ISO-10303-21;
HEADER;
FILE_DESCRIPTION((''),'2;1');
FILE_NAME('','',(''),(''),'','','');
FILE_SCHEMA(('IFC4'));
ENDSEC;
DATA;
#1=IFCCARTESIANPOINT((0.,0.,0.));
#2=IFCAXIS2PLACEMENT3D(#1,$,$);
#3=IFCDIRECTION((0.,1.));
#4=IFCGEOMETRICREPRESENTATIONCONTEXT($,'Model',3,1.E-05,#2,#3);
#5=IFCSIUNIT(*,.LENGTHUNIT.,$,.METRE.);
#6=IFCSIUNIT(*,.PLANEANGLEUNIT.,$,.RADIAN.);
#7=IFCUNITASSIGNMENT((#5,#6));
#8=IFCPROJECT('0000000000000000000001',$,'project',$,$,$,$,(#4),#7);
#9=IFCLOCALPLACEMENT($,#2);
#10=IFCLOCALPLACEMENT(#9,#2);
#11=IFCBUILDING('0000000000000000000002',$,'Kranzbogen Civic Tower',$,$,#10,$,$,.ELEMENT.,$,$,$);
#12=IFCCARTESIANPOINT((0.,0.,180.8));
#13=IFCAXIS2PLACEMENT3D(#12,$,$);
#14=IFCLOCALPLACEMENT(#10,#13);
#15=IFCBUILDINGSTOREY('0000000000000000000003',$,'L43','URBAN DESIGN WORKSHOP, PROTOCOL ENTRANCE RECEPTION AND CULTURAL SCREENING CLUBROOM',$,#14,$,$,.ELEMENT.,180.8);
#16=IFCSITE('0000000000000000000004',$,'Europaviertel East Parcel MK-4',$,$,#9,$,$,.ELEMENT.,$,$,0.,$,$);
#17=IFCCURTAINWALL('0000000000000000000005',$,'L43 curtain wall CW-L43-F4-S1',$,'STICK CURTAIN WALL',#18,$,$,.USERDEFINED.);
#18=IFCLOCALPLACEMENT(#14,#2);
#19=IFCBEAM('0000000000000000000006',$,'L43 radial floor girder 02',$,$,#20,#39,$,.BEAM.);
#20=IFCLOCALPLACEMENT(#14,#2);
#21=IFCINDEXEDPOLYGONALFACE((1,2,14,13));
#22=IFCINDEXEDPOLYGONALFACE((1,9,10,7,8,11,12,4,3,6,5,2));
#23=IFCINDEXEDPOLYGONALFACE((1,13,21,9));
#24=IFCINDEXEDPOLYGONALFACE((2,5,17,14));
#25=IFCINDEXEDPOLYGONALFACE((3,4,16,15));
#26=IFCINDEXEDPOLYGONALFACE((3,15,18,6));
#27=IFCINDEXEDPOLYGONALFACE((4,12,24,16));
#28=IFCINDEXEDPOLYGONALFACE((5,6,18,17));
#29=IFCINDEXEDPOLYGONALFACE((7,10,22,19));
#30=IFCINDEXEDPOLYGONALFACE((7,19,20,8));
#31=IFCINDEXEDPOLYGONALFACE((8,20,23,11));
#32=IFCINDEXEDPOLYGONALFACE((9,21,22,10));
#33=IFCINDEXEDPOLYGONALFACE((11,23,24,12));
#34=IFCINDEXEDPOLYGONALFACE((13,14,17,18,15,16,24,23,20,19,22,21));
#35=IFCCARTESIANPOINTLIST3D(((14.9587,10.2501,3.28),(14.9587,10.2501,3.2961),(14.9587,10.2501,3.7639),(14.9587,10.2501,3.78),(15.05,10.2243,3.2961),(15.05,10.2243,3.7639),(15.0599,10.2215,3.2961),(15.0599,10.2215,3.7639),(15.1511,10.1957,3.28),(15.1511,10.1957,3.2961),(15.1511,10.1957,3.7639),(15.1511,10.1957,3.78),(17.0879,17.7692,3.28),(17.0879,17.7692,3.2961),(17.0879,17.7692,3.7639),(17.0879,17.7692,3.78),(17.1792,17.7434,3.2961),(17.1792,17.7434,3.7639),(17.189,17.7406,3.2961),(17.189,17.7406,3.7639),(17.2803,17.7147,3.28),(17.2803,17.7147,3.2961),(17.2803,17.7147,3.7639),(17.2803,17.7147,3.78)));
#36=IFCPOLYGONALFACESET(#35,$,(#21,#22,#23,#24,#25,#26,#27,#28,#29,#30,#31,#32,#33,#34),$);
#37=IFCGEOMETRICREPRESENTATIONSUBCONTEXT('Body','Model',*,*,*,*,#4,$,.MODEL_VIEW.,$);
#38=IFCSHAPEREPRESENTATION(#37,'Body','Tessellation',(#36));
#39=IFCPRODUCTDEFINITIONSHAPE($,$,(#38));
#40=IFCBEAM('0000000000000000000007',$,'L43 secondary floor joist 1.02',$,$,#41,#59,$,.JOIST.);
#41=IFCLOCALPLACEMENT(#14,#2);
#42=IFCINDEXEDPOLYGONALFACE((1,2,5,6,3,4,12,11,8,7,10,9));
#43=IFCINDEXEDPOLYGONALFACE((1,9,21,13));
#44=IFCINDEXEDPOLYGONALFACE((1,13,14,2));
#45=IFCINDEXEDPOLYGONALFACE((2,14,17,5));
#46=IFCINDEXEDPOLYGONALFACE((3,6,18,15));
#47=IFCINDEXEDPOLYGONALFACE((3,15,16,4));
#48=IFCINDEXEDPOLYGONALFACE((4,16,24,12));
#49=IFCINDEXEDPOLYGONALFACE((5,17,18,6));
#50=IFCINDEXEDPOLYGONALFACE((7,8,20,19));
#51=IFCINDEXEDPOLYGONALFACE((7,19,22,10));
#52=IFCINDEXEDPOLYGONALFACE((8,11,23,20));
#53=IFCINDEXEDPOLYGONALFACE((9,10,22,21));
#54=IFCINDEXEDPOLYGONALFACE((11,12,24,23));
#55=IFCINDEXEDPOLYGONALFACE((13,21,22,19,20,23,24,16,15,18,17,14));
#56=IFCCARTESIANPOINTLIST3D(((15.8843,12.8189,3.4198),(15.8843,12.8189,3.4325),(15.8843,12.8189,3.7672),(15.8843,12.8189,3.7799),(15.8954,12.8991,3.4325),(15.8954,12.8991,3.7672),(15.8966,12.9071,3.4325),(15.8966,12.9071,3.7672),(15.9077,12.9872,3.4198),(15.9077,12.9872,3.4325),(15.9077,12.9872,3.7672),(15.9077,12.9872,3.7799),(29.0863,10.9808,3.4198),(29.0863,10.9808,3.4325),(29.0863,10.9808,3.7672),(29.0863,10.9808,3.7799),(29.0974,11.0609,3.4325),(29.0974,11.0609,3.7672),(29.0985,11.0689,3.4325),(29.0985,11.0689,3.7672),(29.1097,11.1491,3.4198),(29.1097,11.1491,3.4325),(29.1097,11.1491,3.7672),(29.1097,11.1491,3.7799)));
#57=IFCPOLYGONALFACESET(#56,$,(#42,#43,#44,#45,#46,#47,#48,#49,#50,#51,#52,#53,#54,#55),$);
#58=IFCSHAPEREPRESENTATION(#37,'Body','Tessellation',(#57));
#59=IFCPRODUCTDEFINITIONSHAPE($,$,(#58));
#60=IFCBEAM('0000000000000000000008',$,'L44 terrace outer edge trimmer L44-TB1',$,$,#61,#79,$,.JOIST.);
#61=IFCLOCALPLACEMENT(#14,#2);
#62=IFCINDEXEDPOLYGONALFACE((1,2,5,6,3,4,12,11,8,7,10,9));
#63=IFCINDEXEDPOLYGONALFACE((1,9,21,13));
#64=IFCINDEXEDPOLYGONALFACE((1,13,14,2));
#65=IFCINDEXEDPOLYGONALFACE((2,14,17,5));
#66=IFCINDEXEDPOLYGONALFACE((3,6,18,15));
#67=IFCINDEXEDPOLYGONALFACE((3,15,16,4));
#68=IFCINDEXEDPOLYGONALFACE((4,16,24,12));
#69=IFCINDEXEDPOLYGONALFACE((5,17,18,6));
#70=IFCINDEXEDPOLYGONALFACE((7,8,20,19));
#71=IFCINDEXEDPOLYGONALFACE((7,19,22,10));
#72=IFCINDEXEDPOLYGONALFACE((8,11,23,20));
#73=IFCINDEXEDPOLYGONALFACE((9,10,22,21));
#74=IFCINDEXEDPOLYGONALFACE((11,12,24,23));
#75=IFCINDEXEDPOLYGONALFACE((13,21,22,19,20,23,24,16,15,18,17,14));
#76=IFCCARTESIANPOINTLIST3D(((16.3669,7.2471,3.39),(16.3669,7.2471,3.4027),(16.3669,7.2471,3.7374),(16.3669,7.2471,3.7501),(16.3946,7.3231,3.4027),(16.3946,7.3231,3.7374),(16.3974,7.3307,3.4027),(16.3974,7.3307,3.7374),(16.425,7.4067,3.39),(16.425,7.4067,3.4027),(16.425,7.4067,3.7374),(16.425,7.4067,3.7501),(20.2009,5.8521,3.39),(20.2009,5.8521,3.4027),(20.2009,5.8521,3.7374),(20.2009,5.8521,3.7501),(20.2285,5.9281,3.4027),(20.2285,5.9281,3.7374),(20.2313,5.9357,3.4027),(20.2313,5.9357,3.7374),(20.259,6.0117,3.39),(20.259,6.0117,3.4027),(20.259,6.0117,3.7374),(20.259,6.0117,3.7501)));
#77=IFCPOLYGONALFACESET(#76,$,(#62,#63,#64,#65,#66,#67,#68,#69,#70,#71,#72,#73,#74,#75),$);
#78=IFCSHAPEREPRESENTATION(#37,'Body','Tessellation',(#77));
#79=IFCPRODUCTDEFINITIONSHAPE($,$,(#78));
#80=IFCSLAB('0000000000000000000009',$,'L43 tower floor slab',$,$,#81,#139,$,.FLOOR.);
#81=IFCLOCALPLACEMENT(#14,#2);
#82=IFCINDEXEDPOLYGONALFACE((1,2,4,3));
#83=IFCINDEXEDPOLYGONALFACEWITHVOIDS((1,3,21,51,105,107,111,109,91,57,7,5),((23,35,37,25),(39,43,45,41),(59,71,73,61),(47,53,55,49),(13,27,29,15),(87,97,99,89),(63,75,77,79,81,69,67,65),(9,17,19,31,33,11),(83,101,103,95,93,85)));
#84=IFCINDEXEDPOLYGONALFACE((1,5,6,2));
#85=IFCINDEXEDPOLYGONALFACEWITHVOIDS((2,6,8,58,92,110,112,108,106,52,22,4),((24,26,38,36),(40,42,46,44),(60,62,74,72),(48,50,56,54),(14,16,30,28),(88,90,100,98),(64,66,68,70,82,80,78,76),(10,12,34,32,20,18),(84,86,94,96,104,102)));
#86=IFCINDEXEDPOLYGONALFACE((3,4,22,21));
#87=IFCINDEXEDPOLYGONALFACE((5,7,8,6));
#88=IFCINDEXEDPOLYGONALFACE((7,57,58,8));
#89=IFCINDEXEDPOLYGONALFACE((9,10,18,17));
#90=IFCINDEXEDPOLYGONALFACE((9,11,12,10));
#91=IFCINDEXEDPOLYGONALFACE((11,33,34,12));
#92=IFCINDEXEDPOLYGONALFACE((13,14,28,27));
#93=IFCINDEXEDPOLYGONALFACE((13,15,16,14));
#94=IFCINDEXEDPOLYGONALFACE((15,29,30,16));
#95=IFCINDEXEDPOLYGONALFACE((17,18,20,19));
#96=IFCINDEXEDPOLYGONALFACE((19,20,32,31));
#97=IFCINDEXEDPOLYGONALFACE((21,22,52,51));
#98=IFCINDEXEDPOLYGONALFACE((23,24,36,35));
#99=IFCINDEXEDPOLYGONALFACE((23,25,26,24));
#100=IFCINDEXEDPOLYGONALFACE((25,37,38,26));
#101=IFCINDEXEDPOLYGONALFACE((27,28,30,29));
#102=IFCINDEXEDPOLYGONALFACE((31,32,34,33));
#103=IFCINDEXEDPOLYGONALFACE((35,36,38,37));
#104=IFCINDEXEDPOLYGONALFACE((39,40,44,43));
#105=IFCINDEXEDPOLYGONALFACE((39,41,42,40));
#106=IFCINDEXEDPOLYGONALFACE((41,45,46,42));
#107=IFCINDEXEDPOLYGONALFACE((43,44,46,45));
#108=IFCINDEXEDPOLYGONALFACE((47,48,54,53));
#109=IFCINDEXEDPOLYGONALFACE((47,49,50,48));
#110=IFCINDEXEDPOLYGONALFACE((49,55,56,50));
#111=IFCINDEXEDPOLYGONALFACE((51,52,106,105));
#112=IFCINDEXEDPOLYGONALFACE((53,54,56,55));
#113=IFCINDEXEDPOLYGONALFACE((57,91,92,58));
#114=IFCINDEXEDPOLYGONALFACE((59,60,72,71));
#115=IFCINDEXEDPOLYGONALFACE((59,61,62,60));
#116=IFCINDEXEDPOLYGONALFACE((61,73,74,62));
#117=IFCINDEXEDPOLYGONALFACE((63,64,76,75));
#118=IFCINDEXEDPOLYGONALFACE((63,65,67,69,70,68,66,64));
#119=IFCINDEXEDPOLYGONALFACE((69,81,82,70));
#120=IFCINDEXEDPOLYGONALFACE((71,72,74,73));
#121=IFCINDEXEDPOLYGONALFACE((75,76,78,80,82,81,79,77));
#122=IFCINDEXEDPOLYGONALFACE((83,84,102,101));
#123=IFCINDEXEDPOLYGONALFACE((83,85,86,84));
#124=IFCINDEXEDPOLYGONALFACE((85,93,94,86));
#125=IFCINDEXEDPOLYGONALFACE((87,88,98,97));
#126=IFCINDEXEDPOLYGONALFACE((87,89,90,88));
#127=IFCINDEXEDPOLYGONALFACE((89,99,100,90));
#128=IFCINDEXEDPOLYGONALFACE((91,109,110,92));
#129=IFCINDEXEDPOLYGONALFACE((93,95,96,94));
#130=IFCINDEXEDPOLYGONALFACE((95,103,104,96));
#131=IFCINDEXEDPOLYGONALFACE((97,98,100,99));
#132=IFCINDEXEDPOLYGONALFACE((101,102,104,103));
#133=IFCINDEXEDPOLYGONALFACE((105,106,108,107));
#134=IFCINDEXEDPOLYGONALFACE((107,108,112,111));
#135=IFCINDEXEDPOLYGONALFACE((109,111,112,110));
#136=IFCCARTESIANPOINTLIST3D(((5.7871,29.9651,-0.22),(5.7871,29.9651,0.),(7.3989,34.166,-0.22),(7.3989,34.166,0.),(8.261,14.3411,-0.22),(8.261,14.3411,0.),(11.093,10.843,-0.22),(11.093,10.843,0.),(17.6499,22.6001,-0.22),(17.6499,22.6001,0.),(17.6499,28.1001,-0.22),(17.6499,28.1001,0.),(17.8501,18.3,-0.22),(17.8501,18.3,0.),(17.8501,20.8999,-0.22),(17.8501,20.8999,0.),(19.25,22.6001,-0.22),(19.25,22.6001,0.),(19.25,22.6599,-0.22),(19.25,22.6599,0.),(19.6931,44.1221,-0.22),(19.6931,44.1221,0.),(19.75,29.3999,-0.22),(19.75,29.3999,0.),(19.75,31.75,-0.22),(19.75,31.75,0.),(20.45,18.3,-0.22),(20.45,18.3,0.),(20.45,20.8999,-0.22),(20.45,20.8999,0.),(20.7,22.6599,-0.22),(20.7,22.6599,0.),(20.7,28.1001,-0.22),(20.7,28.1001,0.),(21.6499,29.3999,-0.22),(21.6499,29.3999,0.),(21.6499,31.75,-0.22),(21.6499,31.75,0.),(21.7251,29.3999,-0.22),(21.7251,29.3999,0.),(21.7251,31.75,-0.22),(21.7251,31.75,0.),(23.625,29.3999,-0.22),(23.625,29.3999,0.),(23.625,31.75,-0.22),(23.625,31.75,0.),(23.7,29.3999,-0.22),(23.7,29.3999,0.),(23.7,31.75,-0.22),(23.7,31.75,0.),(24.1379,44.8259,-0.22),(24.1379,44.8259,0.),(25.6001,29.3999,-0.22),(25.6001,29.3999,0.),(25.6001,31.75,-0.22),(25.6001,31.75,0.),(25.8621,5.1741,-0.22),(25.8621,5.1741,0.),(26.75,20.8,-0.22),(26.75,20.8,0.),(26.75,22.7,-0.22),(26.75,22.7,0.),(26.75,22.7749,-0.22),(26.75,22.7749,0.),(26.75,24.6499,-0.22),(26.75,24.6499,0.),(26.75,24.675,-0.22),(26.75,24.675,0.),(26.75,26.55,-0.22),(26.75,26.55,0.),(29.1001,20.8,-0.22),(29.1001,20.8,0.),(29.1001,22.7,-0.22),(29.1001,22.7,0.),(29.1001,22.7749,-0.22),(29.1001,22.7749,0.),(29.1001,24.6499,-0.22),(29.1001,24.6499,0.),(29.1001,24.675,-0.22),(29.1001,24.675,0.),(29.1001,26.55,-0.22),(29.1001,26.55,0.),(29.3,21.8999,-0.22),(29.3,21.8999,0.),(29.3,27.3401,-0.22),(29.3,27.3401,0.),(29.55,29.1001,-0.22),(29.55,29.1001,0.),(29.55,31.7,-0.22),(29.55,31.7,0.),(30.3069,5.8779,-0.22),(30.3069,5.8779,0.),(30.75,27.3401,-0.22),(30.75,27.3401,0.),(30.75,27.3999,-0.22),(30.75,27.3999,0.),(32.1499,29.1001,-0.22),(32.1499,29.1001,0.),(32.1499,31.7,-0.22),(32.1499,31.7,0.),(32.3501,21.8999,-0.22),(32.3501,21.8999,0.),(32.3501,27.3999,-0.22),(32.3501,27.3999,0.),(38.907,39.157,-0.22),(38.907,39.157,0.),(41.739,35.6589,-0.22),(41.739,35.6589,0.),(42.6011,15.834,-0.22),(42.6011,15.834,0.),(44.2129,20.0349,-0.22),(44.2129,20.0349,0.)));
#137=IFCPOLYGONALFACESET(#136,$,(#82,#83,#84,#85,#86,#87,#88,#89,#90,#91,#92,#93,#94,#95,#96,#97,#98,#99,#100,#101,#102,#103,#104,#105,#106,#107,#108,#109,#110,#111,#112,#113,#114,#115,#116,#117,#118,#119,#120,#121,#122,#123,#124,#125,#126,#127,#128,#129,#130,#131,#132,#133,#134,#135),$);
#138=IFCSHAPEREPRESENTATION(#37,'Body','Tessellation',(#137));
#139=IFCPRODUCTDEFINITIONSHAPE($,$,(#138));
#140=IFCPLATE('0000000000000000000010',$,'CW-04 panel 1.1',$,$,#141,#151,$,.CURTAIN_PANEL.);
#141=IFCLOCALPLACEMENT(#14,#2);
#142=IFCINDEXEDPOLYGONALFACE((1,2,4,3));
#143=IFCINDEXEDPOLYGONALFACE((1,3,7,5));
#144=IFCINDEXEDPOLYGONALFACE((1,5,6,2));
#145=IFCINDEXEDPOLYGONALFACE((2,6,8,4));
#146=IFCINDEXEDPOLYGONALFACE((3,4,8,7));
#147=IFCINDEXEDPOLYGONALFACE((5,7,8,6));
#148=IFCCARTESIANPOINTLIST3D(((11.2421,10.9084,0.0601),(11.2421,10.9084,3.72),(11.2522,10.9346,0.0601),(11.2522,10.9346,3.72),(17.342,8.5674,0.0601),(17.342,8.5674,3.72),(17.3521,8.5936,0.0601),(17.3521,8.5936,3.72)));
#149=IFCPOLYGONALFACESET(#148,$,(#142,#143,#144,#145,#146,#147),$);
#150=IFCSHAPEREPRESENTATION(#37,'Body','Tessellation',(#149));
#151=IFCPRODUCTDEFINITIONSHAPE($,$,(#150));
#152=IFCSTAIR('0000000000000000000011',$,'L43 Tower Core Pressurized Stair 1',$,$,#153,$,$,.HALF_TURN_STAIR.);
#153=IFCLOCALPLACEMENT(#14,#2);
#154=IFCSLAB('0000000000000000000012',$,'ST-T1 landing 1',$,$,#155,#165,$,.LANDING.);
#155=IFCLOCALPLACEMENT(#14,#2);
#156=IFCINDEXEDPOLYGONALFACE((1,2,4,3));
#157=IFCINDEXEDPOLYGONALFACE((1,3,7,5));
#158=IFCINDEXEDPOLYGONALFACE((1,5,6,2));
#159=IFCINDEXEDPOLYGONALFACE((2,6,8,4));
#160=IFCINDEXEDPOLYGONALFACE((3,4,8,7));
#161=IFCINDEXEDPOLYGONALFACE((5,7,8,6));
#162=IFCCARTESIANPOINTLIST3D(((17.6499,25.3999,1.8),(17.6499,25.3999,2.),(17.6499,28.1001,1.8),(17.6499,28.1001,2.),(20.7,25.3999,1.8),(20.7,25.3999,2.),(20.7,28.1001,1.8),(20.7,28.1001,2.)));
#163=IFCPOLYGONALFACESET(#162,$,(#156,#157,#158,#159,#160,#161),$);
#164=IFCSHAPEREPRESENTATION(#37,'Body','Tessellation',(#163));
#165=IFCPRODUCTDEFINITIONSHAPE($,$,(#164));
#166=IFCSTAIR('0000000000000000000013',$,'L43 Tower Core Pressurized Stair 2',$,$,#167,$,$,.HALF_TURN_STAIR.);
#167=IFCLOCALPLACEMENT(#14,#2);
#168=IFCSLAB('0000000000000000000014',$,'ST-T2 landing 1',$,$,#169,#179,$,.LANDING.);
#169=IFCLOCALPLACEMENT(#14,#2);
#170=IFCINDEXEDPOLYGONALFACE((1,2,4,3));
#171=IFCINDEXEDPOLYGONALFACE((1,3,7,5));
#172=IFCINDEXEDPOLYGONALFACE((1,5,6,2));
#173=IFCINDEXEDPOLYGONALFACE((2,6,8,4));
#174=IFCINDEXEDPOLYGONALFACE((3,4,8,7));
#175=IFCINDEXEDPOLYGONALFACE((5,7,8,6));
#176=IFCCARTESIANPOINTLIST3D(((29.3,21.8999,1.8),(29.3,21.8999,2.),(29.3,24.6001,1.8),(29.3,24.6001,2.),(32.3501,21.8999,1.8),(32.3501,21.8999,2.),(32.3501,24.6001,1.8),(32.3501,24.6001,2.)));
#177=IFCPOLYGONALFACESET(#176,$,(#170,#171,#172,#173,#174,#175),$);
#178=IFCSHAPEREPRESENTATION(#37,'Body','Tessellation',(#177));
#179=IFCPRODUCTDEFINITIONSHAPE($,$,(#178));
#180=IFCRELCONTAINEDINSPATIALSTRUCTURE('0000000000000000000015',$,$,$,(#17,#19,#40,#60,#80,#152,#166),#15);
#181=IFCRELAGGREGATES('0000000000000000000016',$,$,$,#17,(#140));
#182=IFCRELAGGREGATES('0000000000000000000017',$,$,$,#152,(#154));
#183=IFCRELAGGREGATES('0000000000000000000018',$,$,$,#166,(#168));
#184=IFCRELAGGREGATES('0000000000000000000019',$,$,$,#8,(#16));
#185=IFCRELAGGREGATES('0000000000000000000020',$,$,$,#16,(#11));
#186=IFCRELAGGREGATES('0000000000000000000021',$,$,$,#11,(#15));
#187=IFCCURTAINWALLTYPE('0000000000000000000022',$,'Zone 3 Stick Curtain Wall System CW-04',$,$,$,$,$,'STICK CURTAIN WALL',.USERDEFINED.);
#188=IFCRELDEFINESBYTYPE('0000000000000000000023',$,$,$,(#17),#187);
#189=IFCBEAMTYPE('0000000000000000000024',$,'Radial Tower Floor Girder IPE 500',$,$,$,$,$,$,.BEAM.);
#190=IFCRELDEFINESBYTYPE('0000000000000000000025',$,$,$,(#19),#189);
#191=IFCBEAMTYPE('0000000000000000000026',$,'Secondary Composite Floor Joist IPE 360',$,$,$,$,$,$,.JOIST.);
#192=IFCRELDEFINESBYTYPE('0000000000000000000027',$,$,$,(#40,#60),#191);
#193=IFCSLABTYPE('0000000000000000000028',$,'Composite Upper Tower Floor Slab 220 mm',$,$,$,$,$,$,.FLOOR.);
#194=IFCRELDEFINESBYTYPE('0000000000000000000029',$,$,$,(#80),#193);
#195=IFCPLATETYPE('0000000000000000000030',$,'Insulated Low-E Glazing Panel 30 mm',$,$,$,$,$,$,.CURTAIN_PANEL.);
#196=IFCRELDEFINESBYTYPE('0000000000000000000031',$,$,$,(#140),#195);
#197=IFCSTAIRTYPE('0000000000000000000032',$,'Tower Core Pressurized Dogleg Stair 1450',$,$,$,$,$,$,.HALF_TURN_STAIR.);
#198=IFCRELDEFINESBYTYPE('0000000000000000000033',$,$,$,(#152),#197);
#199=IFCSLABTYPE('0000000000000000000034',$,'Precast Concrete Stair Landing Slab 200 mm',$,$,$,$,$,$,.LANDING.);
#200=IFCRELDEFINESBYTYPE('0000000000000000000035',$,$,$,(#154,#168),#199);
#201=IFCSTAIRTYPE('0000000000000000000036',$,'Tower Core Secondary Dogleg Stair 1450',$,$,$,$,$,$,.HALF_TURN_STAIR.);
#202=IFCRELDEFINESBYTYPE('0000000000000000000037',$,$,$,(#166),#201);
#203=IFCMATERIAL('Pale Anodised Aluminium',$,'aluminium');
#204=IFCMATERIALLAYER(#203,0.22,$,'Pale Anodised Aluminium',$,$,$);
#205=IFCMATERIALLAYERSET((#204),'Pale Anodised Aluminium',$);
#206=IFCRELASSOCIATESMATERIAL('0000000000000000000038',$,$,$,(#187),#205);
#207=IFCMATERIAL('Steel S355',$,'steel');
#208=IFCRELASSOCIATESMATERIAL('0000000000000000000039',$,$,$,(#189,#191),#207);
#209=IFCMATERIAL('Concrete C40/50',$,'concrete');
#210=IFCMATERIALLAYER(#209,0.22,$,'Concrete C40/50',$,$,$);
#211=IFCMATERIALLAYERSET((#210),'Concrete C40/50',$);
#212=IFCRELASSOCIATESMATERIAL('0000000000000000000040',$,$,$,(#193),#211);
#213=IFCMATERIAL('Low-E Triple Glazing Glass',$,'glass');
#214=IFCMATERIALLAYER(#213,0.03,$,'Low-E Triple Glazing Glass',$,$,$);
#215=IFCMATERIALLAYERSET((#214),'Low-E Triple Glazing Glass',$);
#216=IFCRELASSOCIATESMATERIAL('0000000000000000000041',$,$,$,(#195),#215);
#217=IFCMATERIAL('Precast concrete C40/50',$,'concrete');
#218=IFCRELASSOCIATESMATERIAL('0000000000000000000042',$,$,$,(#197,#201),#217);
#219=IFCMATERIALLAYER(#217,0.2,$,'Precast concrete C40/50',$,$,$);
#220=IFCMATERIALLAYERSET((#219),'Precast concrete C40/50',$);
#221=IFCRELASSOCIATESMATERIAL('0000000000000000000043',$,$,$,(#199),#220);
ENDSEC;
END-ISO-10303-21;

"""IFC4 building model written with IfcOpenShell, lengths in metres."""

from ifc_helpers import new_model, si_unit, direction, frame, origin, origin_2d, place, context, subcontext, project, spatial, polyline, rectangle, i_section, outline, extrude, material, layer, layer_set, material_profile, profile_set, type_object, element, aggregate, save


model = new_model("IFC4")

# Units and contexts
model_context = context("Model", 3, precision=1e-05, world=origin(), true_north=direction((0.0, 1.0)))
body_context = subcontext(model_context, "Body", "Model", "MODEL_VIEW")
ifc_project = project(units=[si_unit("LENGTHUNIT", "METRE"), si_unit("PLANEANGLEUNIT", "RADIAN")], contexts=[model_context])

# Site, building, storey
site_placement = place(None, origin())
site = spatial("IfcSite", under=ifc_project, at=site_placement, Name="Europaviertel East Parcel MK-4", CompositionType="ELEMENT", RefElevation=0.0)
building_placement = place(site_placement, origin())
building = spatial("IfcBuilding", under=site, at=building_placement, Name="Kranzbogen Civic Tower", CompositionType="ELEMENT")
storey_placement = place(building_placement, frame((0.0, 0.0, 180.8)))
storey = spatial("IfcBuildingStorey", under=building, at=storey_placement, Name="L43", Description="URBAN DESIGN WORKSHOP, PROTOCOL ENTRANCE RECEPTION AND CULTURAL SCREENING CLUBROOM", CompositionType="ELEMENT", Elevation=180.8)

# Shared definitions
ifc_material_1 = material(Name="Steel S355", Category="steel")

# Curtain wall
ifc_material_2 = material(Name="Pale Anodised Aluminium", Category="aluminium")
ifc_layer_1 = layer(ifc_material_2, 0.22, Name="Pale Anodised Aluminium")
ifc_layer_set_1 = layer_set([ifc_layer_1], Name="Pale Anodised Aluminium")
curtain_wall_type = type_object("IfcCurtainWallType", Name="Zone 3 Stick Curtain Wall System CW-04", ElementType="STICK CURTAIN WALL", PredefinedType="USERDEFINED", material=ifc_layer_set_1)
curtain_wall_1_placement = place(storey_placement, origin())
curtain_wall_1 = element("IfcCurtainWall", 1, at=curtain_wall_1_placement, inside=storey, type_object=curtain_wall_type, Name="L43 curtain wall CW-L43-F4-S1", ObjectType="STICK CURTAIN WALL", PredefinedType="USERDEFINED")

# Beams
ifc_material_profile_1 = material_profile(ifc_material_1, i_section(OverallWidth=0.2, OverallDepth=0.5, WebThickness=0.0103, FlangeThickness=0.0161, at=origin_2d()), Name="IPE 500")
ifc_profile_set_1 = profile_set([ifc_material_profile_1], Name="Steel S355")
beam_type_1 = type_object("IfcBeamType", Name="Radial Tower Floor Girder IPE 500", PredefinedType="BEAM", material=ifc_profile_set_1)
beam_1_placement = place(storey_placement, frame((15.0549, 10.2229, 3.53), z_axis=(0.272455, 0.962169, 0.0), x_axis=(-0.962169, 0.272455, 0.0)))
element("IfcBeam", 2, at=beam_1_placement, inside=storey, type_object=beam_type_1, Name="L43 radial floor girder 02", PredefinedType="BEAM", context=body_context, shape_type="SweptSolid", body=[
    extrude(i_section(OverallWidth=0.2, OverallDepth=0.5, WebThickness=0.0103, FlangeThickness=0.0161, at=origin_2d()), origin(), (0.0, 0.0, 1.0), 7.8147),
])
ifc_material_profile_2 = material_profile(ifc_material_1, i_section(OverallWidth=0.1699, OverallDepth=0.3601, WebThickness=0.0081, FlangeThickness=0.0127, at=origin_2d()), Name="IPE 360")
ifc_profile_set_2 = profile_set([ifc_material_profile_2], Name="Steel S355")
beam_type_2 = type_object("IfcBeamType", Name="Secondary Composite Floor Joist IPE 360", PredefinedType="JOIST", material=ifc_profile_set_2)
beam_2_placement = place(storey_placement, frame((15.896, 12.9031, 3.5999), z_axis=(0.990446, -0.137902, 0.0), x_axis=(0.137902, 0.990446, 0.0)))
element("IfcBeam", 3, at=beam_2_placement, inside=storey, type_object=beam_type_2, Name="L43 secondary floor joist 1.02", PredefinedType="JOIST", context=body_context, shape_type="SweptSolid", body=[
    extrude(i_section(OverallWidth=0.1699, OverallDepth=0.3601, WebThickness=0.0081, FlangeThickness=0.0127, at=origin_2d()), origin(), (0.0, 0.0, 1.0), 13.3293),
])
beam_3_placement = place(storey_placement, frame((16.396, 7.3269, 3.5701), z_axis=(0.939727, -0.341926, 0.0), x_axis=(0.341926, 0.939727, 0.0)))
element("IfcBeam", 4, at=beam_3_placement, inside=storey, type_object=beam_type_2, Name="L44 terrace outer edge trimmer L44-TB1", PredefinedType="JOIST", context=body_context, shape_type="SweptSolid", body=[
    extrude(i_section(OverallWidth=0.1699, OverallDepth=0.3601, WebThickness=0.0081, FlangeThickness=0.0127, at=origin_2d()), origin(), (0.0, 0.0, 1.0), 4.0798),
])

# Slab
ifc_material_3 = material(Name="Concrete C40/50", Category="concrete")
ifc_layer_2 = layer(ifc_material_3, 0.22, Name="Concrete C40/50")
ifc_layer_set_2 = layer_set([ifc_layer_2], Name="Concrete C40/50")
slab_type_1 = type_object("IfcSlabType", Name="Composite Upper Tower Floor Slab 220 mm", PredefinedType="FLOOR", material=ifc_layer_set_2)
slab_1_placement = place(storey_placement, frame((0.0, 0.0, -0.22)))
element("IfcSlab", 5, at=slab_1_placement, inside=storey, type_object=slab_type_1, Name="L43 tower floor slab", PredefinedType="FLOOR", context=body_context, shape_type="SweptSolid", body=[
    extrude(outline(polyline([(38.907, 39.157), (24.1379, 44.8259), (19.6931, 44.1221), (7.3989, 34.166), (5.7871, 29.9651), (8.261, 14.3411), (11.093, 10.843), (25.8621, 5.1741), (30.3069, 5.8779), (42.6011, 15.834), (44.2129, 20.0349), (41.739, 35.6589), (38.907, 39.157)]), holes=[polyline([(20.45, 20.8999), (20.45, 18.3), (17.8501, 18.3), (17.8501, 20.8999), (20.45, 20.8999)]), polyline([(29.1001, 22.7), (29.1001, 20.8), (26.75, 20.8), (26.75, 22.7), (29.1001, 22.7)]), polyline([(29.1001, 24.6499), (29.1001, 22.7749), (26.75, 22.7749), (26.75, 24.6499), (26.75, 24.675), (26.75, 26.55), (29.1001, 26.55), (29.1001, 24.675), (29.1001, 24.6499)]), polyline([(30.75, 27.3401), (30.75, 27.3999), (32.3501, 27.3999), (32.3501, 21.8999), (29.3, 21.8999), (29.3, 27.3401), (30.75, 27.3401)]), polyline([(19.25, 22.6599), (19.25, 22.6001), (17.6499, 22.6001), (17.6499, 28.1001), (20.7, 28.1001), (20.7, 22.6599), (19.25, 22.6599)]), polyline([(32.1499, 31.7), (32.1499, 29.1001), (29.55, 29.1001), (29.55, 31.7), (32.1499, 31.7)]), polyline([(21.6499, 31.75), (21.6499, 29.3999), (19.75, 29.3999), (19.75, 31.75), (21.6499, 31.75)]), polyline([(23.625, 29.3999), (21.7251, 29.3999), (21.7251, 31.75), (23.625, 31.75), (23.625, 29.3999)]), polyline([(25.6001, 29.3999), (23.7, 29.3999), (23.7, 31.75), (25.6001, 31.75), (25.6001, 29.3999)])]), origin(), (0.0, 0.0, 1.0), 0.22),
])

# Plate
ifc_material_4 = material(Name="Low-E Triple Glazing Glass", Category="glass")
ifc_layer_3 = layer(ifc_material_4, 0.03, Name="Low-E Triple Glazing Glass")
ifc_layer_set_3 = layer_set([ifc_layer_3], Name="Low-E Triple Glazing Glass")
plate_type = type_object("IfcPlateType", Name="Insulated Low-E Glazing Panel 30 mm", PredefinedType="CURTAIN_PANEL", material=ifc_layer_set_3)
plate_placement = place(storey_placement, frame((14.2971, 9.751, 0.0601), z_axis=(0.0, 0.0, 1.0), x_axis=(0.933609, -0.358294, 0.0)))
plate = element("IfcPlate", 6, at=plate_placement, type_object=plate_type, Name="CW-04 panel 1.1", PredefinedType="CURTAIN_PANEL", context=body_context, shape_type="SweptSolid", body=[
    extrude(rectangle(XDim=6.5337, YDim=0.0281, at=origin_2d()), origin(), (0.0, 0.0, 1.0), 3.6599),
])
aggregate(curtain_wall_1, [plate])

# Stairs, slabs
ifc_material_5 = material(Name="Precast concrete C40/50", Category="concrete")
stair_type_1 = type_object("IfcStairType", Name="Tower Core Pressurized Dogleg Stair 1450", PredefinedType="HALF_TURN_STAIR", material=ifc_material_5)
stair_1_placement = place(storey_placement, origin())
stair_1 = element("IfcStair", 7, at=stair_1_placement, inside=storey, type_object=stair_type_1, Name="L43 Tower Core Pressurized Stair 1", PredefinedType="HALF_TURN_STAIR")
ifc_layer_4 = layer(ifc_material_5, 0.2, Name="Precast concrete C40/50")
ifc_layer_set_4 = layer_set([ifc_layer_4], Name="Precast concrete C40/50")
slab_type_2 = type_object("IfcSlabType", Name="Precast Concrete Stair Landing Slab 200 mm", PredefinedType="LANDING", material=ifc_layer_set_4)
slab_2_placement = place(storey_placement, frame((0.0, 0.0, 1.8)))
slab_2 = element("IfcSlab", 8, at=slab_2_placement, type_object=slab_type_2, Name="ST-T1 landing 1", PredefinedType="LANDING", context=body_context, shape_type="SweptSolid", body=[
    extrude(outline(polyline([(20.7, 25.3999), (20.7, 28.1001), (17.6499, 28.1001), (17.6499, 25.3999), (20.7, 25.3999)])), origin(), (0.0, 0.0, 1.0), 0.2),
])
aggregate(stair_1, [slab_2])
stair_type_2 = type_object("IfcStairType", Name="Tower Core Secondary Dogleg Stair 1450", PredefinedType="HALF_TURN_STAIR", material=ifc_material_5)
stair_2_placement = place(storey_placement, origin())
stair_2 = element("IfcStair", 9, at=stair_2_placement, inside=storey, type_object=stair_type_2, Name="L43 Tower Core Pressurized Stair 2", PredefinedType="HALF_TURN_STAIR")
slab_3_placement = place(storey_placement, frame((0.0, 0.0, 1.8)))
slab_3 = element("IfcSlab", 10, at=slab_3_placement, type_object=slab_type_2, Name="ST-T2 landing 1", PredefinedType="LANDING", context=body_context, shape_type="SweptSolid", body=[
    extrude(outline(polyline([(29.3, 24.6001), (29.3, 21.8999), (32.3501, 21.8999), (32.3501, 24.6001), (29.3, 24.6001)])), origin(), (0.0, 0.0, 1.0), 0.2),
])
aggregate(stair_2, [slab_3])

save(model, "model.ifc")
